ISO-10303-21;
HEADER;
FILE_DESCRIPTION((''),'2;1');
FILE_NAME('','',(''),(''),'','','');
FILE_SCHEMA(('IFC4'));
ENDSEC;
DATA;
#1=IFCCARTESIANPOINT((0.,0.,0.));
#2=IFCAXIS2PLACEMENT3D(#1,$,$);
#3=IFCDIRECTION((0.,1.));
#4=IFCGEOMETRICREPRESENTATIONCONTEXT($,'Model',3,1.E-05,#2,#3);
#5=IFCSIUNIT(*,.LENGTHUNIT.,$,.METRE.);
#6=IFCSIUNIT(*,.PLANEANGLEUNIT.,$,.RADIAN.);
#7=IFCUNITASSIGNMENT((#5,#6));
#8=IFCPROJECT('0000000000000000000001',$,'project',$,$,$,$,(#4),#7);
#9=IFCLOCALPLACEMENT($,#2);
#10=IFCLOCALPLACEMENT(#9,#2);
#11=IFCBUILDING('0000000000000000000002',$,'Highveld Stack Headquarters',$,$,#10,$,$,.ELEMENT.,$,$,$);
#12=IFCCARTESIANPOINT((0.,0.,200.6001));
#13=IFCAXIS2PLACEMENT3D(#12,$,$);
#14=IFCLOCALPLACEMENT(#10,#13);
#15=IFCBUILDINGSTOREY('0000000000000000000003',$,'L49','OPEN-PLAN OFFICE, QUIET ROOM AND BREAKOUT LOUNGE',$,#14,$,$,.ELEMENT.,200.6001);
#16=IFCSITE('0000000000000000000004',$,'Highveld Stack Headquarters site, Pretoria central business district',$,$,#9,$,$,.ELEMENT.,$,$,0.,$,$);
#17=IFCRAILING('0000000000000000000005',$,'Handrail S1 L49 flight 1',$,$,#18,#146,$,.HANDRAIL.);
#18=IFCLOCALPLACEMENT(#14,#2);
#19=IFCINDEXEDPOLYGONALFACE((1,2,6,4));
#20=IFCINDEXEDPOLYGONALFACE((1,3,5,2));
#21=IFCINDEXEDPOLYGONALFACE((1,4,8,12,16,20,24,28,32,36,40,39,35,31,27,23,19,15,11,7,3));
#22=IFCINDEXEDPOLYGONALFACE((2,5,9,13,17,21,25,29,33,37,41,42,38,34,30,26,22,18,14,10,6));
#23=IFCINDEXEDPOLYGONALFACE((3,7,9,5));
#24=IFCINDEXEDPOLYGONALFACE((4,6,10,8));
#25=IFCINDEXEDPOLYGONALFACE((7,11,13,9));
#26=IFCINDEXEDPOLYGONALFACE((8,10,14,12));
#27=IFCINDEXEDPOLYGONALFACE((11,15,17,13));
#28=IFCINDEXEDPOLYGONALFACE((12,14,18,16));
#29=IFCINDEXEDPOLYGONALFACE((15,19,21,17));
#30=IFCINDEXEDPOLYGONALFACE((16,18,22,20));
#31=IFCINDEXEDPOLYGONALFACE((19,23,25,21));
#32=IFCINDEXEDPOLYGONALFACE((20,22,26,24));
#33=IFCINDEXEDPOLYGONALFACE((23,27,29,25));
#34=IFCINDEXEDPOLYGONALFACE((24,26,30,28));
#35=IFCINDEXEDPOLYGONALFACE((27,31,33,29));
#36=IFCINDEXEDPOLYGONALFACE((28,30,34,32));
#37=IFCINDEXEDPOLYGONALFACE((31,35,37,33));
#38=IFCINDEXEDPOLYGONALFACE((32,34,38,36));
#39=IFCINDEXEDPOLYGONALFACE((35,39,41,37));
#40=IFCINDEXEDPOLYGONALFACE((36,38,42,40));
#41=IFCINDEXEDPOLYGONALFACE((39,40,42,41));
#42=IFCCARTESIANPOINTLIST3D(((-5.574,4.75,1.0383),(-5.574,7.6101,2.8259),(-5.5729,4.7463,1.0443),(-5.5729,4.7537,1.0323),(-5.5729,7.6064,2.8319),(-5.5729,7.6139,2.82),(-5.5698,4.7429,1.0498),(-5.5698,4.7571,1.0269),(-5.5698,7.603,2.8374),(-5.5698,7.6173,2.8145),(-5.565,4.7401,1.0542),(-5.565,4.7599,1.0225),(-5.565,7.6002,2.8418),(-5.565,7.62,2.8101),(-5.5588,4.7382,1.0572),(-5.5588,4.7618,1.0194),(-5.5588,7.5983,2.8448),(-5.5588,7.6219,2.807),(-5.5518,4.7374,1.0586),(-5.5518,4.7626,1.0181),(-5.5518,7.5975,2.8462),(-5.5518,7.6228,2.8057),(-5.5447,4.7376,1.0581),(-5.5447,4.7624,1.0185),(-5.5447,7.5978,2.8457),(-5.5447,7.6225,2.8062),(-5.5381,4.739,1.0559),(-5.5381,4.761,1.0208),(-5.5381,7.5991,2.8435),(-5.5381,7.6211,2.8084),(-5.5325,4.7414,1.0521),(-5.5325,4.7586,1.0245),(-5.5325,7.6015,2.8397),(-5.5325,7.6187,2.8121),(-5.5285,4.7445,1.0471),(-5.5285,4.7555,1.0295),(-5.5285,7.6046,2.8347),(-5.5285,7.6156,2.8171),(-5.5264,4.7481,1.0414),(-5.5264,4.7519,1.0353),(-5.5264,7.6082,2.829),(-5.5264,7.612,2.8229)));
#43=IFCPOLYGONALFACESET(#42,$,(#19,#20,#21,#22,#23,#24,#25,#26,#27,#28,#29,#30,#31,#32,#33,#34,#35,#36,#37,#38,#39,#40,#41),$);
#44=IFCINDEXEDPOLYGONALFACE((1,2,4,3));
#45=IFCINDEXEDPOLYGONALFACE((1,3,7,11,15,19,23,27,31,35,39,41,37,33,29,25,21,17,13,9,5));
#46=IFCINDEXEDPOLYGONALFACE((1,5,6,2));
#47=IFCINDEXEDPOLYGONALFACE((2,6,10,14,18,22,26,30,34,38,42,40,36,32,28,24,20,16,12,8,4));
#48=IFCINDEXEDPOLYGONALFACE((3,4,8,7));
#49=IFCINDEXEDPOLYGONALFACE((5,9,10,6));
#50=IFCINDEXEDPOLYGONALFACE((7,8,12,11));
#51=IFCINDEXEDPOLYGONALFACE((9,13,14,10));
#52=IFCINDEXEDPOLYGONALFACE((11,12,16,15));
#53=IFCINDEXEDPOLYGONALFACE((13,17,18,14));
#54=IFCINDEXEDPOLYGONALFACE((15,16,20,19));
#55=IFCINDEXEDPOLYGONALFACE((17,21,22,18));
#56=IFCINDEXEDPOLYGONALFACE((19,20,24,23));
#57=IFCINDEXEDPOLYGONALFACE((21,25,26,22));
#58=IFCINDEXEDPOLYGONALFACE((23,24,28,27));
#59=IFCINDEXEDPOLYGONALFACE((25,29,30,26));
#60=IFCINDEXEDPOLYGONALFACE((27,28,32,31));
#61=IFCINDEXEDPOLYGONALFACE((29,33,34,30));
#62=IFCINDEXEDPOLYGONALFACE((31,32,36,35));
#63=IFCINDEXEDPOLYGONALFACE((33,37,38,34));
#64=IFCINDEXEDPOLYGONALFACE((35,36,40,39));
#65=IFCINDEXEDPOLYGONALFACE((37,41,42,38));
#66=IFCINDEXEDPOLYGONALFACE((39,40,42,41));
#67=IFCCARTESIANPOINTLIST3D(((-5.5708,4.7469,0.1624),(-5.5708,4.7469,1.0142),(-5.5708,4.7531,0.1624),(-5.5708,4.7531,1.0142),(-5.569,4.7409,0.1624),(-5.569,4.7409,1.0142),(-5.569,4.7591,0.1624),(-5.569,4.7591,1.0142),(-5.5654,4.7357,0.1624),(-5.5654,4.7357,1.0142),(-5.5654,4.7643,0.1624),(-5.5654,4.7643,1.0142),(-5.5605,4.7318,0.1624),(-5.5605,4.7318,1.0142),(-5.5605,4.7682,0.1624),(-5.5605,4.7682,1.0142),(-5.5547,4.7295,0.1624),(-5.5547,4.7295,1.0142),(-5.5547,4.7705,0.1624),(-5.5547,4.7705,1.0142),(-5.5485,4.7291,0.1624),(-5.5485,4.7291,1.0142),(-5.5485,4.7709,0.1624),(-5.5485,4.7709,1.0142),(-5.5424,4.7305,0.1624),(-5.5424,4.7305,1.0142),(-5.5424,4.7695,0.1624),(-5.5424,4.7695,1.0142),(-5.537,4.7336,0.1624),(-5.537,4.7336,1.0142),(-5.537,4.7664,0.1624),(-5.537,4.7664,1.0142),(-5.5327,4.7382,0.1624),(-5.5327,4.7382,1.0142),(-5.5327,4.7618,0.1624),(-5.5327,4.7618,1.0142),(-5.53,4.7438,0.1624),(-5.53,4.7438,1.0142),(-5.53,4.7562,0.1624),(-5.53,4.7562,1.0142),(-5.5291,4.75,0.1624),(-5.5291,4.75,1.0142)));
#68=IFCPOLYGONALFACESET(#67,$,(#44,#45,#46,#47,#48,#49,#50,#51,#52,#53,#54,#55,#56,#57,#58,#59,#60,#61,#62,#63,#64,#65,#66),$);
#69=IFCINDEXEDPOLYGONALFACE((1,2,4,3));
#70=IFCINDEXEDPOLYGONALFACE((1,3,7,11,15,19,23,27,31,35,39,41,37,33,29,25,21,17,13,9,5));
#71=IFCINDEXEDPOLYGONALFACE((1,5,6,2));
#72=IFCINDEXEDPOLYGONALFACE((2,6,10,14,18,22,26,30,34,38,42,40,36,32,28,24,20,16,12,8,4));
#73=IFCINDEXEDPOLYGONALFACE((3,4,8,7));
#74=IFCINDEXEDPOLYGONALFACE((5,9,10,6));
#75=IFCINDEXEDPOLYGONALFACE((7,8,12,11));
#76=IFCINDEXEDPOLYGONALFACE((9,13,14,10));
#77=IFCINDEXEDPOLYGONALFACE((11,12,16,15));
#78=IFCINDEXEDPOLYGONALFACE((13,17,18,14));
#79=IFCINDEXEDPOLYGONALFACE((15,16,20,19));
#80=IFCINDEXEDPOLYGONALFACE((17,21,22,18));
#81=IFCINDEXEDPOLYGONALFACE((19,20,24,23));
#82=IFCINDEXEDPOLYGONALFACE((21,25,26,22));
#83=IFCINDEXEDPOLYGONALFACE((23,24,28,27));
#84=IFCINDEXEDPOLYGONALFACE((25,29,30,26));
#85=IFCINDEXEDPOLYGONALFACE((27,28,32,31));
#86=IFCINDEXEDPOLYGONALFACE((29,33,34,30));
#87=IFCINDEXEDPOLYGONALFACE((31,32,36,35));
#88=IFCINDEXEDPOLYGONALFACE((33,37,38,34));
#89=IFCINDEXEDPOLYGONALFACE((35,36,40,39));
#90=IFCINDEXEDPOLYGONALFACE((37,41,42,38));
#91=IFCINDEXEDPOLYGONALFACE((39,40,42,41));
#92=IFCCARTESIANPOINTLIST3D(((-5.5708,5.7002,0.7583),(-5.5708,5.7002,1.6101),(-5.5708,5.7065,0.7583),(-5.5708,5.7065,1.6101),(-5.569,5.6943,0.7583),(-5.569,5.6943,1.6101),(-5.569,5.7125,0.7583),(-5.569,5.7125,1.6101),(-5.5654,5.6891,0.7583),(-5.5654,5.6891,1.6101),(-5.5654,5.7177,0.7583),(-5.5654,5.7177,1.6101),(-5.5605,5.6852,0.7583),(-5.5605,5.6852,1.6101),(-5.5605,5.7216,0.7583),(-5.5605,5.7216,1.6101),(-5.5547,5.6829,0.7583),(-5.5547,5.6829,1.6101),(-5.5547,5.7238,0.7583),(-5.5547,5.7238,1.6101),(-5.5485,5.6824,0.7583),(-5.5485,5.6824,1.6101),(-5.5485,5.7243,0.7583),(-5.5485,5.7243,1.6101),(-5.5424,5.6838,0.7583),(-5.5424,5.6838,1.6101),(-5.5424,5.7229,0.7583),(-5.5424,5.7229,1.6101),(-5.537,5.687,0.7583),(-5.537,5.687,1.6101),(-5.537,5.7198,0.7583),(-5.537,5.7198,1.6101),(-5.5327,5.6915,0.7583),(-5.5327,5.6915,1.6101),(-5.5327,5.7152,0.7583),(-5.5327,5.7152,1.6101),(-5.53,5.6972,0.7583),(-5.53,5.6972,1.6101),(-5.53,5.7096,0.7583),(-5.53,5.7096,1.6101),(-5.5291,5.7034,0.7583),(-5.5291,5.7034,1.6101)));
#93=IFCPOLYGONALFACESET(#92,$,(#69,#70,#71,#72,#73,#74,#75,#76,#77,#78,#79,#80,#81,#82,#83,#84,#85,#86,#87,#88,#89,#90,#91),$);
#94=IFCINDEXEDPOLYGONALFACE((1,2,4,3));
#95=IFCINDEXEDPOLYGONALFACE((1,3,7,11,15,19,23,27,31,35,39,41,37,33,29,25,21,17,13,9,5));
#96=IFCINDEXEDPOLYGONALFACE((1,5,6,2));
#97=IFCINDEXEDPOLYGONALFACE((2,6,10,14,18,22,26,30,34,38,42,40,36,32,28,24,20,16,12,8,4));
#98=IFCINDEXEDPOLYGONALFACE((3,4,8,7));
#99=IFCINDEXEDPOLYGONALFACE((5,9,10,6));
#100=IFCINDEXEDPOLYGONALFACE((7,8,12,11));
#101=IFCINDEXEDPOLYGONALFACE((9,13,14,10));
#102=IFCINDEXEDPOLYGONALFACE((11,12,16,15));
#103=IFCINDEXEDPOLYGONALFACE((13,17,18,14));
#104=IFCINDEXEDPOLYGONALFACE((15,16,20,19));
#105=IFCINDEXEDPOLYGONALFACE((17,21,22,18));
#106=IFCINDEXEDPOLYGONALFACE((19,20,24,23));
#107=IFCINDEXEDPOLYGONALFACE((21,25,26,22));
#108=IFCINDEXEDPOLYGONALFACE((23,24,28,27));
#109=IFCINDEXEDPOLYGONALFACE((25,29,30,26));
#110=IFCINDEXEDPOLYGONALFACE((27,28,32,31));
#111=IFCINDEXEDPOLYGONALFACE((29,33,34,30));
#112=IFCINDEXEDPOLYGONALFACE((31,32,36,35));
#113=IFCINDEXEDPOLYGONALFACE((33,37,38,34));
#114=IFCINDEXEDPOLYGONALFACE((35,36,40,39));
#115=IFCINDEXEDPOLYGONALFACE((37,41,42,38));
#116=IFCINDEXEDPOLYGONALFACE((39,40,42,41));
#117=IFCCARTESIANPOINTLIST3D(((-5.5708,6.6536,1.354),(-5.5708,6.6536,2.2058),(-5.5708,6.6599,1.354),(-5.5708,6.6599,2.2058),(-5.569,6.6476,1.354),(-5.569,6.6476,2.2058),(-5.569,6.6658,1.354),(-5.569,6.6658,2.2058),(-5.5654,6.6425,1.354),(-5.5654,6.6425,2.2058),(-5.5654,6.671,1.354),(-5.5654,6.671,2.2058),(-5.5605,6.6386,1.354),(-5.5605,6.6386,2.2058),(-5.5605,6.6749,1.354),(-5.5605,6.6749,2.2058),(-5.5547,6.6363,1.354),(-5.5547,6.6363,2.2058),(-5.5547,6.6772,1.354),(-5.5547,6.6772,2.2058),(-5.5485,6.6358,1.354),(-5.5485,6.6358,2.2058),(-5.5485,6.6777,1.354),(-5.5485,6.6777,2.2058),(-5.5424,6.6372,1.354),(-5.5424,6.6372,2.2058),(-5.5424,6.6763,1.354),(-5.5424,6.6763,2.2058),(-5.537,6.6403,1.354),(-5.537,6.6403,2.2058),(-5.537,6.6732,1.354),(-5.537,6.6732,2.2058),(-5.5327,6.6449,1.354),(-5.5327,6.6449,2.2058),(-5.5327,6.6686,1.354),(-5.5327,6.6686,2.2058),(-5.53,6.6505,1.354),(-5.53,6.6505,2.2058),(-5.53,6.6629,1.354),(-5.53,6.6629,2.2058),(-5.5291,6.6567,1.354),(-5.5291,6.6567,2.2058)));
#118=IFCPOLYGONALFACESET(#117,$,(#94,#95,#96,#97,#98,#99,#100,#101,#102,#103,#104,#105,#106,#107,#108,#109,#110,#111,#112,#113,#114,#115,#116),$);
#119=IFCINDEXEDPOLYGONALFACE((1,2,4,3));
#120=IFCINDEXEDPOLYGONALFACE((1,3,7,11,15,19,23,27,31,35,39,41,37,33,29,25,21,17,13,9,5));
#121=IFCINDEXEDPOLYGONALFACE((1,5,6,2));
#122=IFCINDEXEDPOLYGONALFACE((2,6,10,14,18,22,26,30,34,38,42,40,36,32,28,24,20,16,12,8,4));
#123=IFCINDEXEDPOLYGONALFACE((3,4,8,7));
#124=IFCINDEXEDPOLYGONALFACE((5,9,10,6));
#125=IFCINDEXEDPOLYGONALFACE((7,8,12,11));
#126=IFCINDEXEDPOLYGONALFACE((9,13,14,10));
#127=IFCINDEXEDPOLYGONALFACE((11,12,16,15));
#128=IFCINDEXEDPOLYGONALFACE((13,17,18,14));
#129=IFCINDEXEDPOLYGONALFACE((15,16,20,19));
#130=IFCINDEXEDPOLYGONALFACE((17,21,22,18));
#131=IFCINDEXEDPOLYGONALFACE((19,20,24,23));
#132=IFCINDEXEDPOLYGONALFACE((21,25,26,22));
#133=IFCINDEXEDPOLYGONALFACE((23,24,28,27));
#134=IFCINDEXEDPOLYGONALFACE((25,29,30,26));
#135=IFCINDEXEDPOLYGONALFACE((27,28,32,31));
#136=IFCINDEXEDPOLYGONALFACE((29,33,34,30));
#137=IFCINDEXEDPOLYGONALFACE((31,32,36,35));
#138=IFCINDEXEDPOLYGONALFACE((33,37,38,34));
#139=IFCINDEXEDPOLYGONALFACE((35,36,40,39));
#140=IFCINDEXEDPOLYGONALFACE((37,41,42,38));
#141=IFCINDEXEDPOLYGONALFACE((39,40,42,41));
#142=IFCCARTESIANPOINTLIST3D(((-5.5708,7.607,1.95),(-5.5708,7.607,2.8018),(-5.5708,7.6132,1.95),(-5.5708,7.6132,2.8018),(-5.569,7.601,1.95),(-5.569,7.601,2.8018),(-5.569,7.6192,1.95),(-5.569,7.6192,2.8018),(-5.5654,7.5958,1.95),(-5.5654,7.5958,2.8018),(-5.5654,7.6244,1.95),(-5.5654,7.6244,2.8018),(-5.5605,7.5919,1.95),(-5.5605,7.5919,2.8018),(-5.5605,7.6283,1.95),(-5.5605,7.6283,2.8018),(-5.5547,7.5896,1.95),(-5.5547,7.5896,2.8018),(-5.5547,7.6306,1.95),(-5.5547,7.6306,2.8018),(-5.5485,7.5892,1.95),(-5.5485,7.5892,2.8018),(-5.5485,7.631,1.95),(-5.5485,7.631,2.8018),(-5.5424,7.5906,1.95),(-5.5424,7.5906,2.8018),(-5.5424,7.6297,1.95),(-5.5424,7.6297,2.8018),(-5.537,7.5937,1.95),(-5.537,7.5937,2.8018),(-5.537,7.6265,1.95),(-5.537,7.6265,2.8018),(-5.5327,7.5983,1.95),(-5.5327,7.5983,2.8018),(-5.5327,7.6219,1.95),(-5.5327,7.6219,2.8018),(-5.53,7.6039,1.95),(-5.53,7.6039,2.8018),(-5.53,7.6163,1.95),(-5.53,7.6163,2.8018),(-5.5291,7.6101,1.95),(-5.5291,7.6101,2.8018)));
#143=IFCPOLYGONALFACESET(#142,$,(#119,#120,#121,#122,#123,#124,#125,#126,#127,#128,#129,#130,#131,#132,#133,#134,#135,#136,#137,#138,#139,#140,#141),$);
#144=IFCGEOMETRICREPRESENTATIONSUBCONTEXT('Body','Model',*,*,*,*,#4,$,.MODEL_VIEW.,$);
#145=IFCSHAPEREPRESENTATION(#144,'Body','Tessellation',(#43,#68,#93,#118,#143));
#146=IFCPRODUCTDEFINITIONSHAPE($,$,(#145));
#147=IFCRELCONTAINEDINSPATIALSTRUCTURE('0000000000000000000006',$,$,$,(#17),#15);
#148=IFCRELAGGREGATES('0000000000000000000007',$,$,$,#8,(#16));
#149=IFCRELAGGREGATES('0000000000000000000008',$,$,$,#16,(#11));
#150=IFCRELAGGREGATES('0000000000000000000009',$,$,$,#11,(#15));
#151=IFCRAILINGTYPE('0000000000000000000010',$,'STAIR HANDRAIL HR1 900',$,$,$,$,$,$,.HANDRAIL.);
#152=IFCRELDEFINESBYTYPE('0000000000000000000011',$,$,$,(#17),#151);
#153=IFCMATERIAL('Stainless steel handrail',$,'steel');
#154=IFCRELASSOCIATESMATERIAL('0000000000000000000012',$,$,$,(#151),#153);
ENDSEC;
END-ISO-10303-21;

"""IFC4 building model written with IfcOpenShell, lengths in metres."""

from ifc_helpers import new_model, si_unit, direction, frame, origin, origin_2d, place, context, subcontext, project, spatial, circle, extrude, material, type_object, element, save


model = new_model("IFC4")

# Units and contexts
model_context = context("Model", 3, precision=1e-05, world=origin(), true_north=direction((0.0, 1.0)))
body_context = subcontext(model_context, "Body", "Model", "MODEL_VIEW")
ifc_project = project(units=[si_unit("LENGTHUNIT", "METRE"), si_unit("PLANEANGLEUNIT", "RADIAN")], contexts=[model_context])

# Site, building, storey
site_placement = place(None, origin())
site = spatial("IfcSite", under=ifc_project, at=site_placement, Name="Highveld Stack Headquarters site, Pretoria central business district", CompositionType="ELEMENT", RefElevation=0.0)
building_placement = place(site_placement, origin())
building = spatial("IfcBuilding", under=site, at=building_placement, Name="Highveld Stack Headquarters", CompositionType="ELEMENT")
storey_placement = place(building_placement, frame((0.0, 0.0, 200.6001)))
storey = spatial("IfcBuildingStorey", under=building, at=storey_placement, Name="L49", Description="OPEN-PLAN OFFICE, QUIET ROOM AND BREAKOUT LOUNGE", CompositionType="ELEMENT", Elevation=200.6001)

# Railing
ifc_material_1 = material(Name="Stainless steel handrail", Category="steel")
railing_type = type_object("IfcRailingType", Name="STAIR HANDRAIL HR1 900", PredefinedType="HANDRAIL", material=ifc_material_1)
for number, where, name in (
    (1, (-5.55, 4.75, 0.1624), "Handrail S1 L49 flight 1"),
):
    element("IfcRailing", number, at=place(storey_placement, frame(where)), inside=storey, type_object=railing_type, Name=name, PredefinedType="HANDRAIL", context=body_context, shape_type="SweptSolid", body=[
        extrude(circle(Radius=0.0239, at=origin_2d()), frame((0.0, 0.0, 0.876), z_axis=(0.0, 0.847994, 0.530005), x_axis=(-1.0, 0.0, 0.0)), (0.0, 0.0, 1.0), 3.3728),
        extrude(circle(Radius=0.021, at=origin_2d()), origin(), (0.0, 0.0, 1.0), 0.8518),
        extrude(circle(Radius=0.021, at=origin_2d()), frame((0.0, 0.9534, 0.5959)), (0.0, 0.0, 1.0), 0.8518),
        extrude(circle(Radius=0.021, at=origin_2d()), frame((0.0, 1.9067, 1.1917)), (0.0, 0.0, 1.0), 0.8518),
        extrude(circle(Radius=0.021, at=origin_2d()), frame((0.0, 2.8601, 1.7876)), (0.0, 0.0, 1.0), 0.8518),
    ])

save(model, "model.ifc")
